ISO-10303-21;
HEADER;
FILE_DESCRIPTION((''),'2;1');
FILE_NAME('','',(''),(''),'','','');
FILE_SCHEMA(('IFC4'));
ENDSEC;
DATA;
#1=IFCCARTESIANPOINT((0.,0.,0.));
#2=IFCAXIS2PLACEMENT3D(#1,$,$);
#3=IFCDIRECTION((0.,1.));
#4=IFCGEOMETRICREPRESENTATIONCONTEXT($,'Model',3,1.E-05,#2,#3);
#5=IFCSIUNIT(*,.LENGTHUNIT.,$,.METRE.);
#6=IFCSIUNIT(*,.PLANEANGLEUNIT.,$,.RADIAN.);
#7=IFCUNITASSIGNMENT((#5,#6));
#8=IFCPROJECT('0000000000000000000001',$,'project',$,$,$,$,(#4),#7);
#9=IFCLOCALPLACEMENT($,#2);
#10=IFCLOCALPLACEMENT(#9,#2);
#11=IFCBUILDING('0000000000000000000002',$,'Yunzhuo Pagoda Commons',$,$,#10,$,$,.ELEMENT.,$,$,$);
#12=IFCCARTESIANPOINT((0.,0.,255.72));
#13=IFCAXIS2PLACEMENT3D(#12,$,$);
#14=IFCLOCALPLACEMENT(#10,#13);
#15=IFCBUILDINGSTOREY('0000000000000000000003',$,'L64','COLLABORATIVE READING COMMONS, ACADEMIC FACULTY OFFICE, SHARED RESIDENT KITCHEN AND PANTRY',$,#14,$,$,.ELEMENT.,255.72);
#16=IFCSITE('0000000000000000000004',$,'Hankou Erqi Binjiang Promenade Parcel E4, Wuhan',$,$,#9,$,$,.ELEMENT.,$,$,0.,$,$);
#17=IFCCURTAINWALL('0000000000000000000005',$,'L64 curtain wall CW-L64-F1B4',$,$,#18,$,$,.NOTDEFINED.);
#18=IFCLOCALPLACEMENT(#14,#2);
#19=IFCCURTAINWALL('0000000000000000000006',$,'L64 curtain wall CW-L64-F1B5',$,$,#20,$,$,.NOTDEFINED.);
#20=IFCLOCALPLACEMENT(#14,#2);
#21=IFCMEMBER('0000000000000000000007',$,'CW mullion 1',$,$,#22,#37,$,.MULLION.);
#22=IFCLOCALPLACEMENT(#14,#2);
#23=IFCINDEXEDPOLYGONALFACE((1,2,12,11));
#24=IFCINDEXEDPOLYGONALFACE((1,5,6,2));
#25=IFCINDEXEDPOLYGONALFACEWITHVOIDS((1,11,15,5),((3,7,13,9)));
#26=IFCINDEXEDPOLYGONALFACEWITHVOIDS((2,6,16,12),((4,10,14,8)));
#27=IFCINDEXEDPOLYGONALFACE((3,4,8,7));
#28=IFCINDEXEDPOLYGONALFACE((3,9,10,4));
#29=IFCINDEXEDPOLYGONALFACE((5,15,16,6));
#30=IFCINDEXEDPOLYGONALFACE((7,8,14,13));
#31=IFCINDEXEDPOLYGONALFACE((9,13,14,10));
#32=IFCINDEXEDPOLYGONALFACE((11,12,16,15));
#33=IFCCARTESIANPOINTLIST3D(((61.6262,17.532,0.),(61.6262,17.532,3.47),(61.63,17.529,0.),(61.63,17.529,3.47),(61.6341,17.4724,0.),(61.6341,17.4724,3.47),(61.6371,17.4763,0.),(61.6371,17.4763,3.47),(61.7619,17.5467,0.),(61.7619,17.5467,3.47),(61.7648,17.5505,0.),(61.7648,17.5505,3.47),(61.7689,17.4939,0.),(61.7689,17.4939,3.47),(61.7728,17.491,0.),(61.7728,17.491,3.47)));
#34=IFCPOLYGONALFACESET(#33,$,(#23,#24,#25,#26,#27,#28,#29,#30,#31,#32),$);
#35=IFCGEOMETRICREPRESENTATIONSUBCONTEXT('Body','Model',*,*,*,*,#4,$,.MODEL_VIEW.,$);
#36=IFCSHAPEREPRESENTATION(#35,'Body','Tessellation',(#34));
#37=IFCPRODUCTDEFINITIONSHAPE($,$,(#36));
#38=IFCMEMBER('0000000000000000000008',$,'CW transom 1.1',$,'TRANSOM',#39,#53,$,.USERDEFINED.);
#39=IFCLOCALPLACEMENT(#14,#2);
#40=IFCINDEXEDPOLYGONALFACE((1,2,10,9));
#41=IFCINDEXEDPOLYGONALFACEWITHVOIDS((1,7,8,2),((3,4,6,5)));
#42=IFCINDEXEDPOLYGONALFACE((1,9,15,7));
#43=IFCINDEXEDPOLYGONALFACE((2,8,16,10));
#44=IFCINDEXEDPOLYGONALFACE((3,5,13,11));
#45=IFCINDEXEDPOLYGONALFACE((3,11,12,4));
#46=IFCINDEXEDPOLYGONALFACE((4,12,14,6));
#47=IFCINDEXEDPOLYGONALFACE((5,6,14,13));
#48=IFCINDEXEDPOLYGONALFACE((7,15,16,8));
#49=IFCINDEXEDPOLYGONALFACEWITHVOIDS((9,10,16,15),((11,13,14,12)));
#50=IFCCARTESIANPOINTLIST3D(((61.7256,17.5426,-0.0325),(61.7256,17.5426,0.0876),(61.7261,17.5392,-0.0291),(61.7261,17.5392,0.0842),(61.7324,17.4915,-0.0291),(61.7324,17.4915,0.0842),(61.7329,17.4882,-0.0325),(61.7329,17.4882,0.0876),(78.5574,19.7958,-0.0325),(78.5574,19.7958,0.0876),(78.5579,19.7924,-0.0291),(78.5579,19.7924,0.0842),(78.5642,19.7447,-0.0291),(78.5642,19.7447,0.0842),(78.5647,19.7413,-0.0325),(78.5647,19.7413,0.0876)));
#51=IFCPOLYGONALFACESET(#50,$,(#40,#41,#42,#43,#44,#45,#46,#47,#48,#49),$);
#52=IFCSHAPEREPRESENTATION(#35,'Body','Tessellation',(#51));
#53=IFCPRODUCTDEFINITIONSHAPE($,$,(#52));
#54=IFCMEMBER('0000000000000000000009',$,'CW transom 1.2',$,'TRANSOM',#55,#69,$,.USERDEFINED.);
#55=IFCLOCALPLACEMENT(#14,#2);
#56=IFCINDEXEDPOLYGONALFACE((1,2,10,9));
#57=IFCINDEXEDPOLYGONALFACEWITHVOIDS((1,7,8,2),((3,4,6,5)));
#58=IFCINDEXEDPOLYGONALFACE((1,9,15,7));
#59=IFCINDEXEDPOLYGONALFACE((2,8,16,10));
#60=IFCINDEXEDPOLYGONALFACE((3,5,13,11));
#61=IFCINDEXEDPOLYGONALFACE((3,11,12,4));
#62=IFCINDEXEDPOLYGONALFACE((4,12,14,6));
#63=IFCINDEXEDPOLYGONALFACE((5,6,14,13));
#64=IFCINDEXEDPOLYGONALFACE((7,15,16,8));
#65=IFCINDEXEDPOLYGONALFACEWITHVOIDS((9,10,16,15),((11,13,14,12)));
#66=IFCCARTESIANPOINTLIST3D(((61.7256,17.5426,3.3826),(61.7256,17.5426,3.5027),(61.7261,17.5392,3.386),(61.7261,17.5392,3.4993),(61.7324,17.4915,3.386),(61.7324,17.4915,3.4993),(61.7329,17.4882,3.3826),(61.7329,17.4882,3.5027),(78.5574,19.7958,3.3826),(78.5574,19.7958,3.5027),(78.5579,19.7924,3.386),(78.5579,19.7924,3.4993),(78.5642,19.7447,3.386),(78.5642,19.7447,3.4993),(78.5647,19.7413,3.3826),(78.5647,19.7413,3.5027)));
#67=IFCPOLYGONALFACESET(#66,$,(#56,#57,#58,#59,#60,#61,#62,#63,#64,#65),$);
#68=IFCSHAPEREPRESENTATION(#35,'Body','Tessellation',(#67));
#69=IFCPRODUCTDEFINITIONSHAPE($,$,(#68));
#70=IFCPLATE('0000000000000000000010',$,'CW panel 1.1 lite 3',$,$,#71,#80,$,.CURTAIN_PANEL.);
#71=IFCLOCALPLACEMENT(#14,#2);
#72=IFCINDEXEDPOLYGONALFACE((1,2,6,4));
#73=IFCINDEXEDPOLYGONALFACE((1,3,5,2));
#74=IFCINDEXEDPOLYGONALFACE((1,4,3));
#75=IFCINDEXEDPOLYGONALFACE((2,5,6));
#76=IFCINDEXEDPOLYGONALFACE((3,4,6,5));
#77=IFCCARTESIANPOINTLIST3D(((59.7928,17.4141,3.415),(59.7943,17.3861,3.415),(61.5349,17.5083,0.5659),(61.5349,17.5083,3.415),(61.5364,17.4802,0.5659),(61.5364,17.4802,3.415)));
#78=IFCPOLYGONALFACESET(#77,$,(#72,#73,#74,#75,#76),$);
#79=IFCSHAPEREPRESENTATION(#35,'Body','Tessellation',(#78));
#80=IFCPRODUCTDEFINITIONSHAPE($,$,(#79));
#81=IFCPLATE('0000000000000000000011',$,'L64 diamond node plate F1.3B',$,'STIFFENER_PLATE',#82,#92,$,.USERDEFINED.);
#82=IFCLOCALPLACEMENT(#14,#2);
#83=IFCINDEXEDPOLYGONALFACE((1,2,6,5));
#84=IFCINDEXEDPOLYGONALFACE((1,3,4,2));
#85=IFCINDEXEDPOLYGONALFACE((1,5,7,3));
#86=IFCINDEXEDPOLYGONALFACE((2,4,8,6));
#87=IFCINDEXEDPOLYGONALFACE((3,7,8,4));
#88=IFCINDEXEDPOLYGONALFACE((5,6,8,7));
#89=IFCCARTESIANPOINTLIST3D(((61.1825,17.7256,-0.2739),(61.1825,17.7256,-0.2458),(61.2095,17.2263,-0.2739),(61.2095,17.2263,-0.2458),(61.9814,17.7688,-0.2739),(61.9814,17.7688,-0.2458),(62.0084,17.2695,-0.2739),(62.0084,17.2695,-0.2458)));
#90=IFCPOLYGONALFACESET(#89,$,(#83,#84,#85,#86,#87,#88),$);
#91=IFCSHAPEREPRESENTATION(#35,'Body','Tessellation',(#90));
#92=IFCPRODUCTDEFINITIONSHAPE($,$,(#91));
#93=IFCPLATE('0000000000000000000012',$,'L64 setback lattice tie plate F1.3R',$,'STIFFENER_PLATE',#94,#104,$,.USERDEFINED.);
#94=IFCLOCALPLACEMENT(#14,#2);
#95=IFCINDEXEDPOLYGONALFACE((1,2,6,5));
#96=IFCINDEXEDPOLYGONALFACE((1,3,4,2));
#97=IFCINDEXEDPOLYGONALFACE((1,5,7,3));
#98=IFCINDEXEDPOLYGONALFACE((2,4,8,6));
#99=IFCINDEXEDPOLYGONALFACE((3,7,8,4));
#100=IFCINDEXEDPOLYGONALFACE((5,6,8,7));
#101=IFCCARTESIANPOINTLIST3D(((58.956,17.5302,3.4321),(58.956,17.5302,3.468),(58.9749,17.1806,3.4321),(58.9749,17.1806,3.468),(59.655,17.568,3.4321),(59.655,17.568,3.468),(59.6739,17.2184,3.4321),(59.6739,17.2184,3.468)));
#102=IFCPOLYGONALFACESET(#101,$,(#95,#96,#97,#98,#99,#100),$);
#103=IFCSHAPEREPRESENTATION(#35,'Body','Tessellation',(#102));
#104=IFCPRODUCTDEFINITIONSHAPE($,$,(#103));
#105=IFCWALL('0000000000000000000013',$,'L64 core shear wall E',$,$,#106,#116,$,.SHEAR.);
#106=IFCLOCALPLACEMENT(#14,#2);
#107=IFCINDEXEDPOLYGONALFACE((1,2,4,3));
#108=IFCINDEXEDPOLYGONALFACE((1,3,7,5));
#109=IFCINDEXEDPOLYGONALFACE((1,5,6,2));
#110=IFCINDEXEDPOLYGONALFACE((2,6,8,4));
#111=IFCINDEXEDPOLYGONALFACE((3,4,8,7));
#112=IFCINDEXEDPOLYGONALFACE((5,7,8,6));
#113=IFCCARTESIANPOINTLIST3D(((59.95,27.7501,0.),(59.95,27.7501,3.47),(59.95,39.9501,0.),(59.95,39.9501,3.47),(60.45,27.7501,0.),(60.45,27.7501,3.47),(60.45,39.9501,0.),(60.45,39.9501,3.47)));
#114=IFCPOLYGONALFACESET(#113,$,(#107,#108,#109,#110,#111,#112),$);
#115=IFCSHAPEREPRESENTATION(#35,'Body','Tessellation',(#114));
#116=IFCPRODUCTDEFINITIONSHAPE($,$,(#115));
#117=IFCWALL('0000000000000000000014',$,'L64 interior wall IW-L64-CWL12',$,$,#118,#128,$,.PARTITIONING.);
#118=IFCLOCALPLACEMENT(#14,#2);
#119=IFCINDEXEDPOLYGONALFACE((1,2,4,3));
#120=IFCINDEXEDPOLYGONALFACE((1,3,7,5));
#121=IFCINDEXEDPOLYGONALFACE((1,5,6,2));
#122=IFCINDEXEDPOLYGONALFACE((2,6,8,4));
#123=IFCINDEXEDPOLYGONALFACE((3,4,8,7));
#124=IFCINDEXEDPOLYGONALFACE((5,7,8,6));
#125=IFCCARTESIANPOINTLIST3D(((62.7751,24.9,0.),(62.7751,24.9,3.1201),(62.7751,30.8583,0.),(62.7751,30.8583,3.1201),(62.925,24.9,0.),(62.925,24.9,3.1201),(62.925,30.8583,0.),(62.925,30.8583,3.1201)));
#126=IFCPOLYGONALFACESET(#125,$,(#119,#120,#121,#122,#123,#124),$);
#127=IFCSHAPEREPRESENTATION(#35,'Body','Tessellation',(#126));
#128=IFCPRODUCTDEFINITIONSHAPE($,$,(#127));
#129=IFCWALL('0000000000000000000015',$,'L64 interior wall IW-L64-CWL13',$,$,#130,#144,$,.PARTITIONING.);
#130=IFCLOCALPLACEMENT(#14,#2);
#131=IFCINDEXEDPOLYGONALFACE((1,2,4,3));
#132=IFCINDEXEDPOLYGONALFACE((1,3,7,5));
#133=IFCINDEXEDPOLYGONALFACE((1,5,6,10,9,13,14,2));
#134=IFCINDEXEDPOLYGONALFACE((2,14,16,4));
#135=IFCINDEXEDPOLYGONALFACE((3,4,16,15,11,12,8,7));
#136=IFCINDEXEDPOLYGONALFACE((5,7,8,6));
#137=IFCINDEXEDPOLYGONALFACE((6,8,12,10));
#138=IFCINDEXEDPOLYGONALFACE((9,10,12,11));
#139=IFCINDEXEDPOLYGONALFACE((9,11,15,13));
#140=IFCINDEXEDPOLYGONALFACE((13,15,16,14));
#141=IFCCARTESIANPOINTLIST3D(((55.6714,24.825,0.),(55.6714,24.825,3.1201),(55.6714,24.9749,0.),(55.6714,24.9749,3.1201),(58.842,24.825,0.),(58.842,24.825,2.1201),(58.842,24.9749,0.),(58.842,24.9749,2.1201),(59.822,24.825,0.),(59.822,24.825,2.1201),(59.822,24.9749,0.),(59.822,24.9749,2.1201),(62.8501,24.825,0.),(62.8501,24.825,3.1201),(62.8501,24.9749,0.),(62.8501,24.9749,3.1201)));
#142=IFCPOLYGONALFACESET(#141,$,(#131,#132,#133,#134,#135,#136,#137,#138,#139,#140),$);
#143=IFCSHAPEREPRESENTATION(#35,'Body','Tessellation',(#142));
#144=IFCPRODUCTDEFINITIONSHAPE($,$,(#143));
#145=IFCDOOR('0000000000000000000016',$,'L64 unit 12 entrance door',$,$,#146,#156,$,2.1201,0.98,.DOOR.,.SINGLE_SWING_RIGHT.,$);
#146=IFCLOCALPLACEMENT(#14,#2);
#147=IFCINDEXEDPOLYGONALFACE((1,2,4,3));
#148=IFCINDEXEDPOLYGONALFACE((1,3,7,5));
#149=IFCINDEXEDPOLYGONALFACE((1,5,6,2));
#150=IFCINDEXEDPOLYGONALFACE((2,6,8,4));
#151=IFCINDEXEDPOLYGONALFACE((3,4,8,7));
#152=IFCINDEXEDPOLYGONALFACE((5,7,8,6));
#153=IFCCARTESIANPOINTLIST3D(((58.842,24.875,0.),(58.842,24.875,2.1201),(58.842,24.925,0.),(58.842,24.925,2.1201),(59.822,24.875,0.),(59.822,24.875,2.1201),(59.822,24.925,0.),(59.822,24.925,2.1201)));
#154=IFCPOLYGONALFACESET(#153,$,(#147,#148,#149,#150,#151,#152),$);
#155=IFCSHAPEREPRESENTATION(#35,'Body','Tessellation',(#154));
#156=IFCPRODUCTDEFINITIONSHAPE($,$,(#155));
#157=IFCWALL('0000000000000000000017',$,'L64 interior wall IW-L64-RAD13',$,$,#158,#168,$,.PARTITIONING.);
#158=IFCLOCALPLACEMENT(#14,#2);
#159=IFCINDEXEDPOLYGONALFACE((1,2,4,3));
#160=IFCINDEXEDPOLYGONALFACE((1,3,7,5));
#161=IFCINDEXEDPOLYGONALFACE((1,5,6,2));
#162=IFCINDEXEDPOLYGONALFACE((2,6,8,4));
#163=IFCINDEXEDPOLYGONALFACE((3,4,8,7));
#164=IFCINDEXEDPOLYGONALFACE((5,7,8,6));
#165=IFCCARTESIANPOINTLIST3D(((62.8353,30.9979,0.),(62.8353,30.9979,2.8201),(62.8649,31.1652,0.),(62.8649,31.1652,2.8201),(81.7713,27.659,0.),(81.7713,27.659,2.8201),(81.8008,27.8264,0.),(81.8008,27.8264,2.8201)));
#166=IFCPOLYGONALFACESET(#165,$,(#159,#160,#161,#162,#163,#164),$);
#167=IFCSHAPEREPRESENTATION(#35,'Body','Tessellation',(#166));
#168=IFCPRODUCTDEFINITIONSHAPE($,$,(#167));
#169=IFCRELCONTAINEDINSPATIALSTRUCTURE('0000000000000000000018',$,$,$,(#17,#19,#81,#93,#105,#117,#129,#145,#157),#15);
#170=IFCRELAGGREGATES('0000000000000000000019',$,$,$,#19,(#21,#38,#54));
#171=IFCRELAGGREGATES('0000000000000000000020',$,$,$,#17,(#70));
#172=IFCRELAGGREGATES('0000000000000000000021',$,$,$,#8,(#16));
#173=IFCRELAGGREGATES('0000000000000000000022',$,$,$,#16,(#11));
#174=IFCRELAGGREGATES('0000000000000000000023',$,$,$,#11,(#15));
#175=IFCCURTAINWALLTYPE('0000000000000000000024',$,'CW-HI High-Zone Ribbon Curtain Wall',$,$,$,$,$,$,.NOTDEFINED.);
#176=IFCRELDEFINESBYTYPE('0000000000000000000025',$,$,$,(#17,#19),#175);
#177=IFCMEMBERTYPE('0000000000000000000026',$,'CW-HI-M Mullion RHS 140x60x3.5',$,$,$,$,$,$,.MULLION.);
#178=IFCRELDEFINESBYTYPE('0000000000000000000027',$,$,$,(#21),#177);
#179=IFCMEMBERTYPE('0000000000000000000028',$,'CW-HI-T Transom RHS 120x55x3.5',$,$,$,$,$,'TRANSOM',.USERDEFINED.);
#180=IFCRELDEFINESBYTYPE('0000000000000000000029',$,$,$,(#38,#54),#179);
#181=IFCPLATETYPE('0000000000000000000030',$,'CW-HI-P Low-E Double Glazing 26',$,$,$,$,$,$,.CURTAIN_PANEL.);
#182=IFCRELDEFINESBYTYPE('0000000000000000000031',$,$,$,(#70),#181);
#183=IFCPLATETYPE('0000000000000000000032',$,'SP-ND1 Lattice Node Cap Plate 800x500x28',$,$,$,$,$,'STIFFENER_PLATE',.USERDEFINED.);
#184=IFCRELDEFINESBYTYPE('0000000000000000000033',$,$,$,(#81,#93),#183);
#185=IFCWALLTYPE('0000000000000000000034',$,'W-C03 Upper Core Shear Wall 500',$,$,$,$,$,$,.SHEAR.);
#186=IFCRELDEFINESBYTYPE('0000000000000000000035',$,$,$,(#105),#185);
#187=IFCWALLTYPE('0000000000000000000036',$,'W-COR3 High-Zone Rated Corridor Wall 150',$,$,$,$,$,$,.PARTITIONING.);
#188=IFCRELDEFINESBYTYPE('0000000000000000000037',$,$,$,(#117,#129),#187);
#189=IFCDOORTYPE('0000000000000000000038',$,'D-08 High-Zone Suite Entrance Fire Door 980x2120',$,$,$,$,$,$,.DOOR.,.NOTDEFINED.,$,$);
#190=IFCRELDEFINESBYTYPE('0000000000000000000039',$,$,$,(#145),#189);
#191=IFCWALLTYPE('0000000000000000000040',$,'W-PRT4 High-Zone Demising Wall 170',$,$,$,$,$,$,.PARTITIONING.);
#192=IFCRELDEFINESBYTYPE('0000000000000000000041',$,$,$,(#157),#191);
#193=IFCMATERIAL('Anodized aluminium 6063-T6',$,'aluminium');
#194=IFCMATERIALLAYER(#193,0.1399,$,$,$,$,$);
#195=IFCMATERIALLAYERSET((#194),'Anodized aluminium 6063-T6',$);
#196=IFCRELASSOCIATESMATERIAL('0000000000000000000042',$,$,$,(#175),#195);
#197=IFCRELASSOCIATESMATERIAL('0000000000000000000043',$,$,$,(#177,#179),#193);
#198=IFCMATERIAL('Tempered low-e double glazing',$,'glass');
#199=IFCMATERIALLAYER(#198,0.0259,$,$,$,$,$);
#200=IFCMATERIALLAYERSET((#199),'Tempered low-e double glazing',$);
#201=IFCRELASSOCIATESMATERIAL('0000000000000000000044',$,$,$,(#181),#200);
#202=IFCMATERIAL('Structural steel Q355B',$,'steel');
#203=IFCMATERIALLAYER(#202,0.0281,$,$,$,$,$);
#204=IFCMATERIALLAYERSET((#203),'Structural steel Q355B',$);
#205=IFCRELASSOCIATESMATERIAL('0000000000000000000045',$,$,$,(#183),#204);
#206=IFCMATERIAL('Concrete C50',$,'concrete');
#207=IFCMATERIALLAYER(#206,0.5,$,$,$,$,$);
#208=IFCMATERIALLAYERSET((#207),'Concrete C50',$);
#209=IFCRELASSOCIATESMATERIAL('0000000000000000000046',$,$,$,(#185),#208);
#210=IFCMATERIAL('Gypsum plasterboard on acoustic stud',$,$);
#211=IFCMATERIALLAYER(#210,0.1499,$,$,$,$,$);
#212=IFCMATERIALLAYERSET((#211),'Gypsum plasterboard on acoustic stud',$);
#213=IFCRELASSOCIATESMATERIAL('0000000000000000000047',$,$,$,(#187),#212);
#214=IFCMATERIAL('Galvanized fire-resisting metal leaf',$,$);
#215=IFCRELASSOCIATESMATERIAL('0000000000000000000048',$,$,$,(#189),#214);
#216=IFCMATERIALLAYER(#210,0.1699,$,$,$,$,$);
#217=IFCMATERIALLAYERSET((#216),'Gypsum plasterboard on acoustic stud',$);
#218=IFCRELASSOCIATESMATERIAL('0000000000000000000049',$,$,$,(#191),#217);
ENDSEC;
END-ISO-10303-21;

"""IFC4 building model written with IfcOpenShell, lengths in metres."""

from ifc_helpers import new_model, si_unit, direction, frame, frame_2d, origin, origin_with_axes, origin_2d, place, context, subcontext, project, spatial, polyline, rectangle, hollow_rectangle, outline, extrude, source, transform, mapped, material, layer, layer_set, material_profile, profile_set, type_object, element, fill, aggregate, save


model = new_model("IFC4")

# Units and contexts
model_context = context("Model", 3, precision=1e-05, world=origin(), true_north=direction((0.0, 1.0)))
body_context = subcontext(model_context, "Body", "Model", "MODEL_VIEW")
ifc_project = project(units=[si_unit("LENGTHUNIT", "METRE"), si_unit("PLANEANGLEUNIT", "RADIAN")], contexts=[model_context])

# Site, building, storey
site_placement = place(None, origin())
site = spatial("IfcSite", under=ifc_project, at=site_placement, Name="Hankou Erqi Binjiang Promenade Parcel E4, Wuhan", CompositionType="ELEMENT", RefElevation=0.0)
building_placement = place(site_placement, origin())
building = spatial("IfcBuilding", under=site, at=building_placement, Name="Yunzhuo Pagoda Commons", CompositionType="ELEMENT")
storey_placement = place(building_placement, frame((0.0, 0.0, 255.72)))
storey = spatial("IfcBuildingStorey", under=building, at=storey_placement, Name="L64", Description="COLLABORATIVE READING COMMONS, ACADEMIC FACULTY OFFICE, SHARED RESIDENT KITCHEN AND PANTRY", CompositionType="ELEMENT", Elevation=255.72)

# Shared definitions
ifc_material_1 = material(Name="Structural steel Q355B", Category="steel")

# Curtain wall
ifc_material_2 = material(Name="Anodized aluminium 6063-T6", Category="aluminium")
ifc_layer_1 = layer(ifc_material_2, 0.1399)
ifc_layer_set_1 = layer_set([ifc_layer_1], Name="Anodized aluminium 6063-T6")
curtain_wall_type = type_object("IfcCurtainWallType", Name="CW-HI High-Zone Ribbon Curtain Wall", PredefinedType="NOTDEFINED", material=ifc_layer_set_1)
curtain_wall_1_placement = place(storey_placement, origin())
curtain_wall_1 = element("IfcCurtainWall", 1, at=curtain_wall_1_placement, inside=storey, type_object=curtain_wall_type, Name="L64 curtain wall CW-L64-F1B4", PredefinedType="NOTDEFINED")
ifc_material_profile_1 = material_profile(ifc_material_2, hollow_rectangle(XDim=0.0601, YDim=0.1399, WallThickness=0.0034, at=origin_2d()), Name="Anodized aluminium 6063-T6")
ifc_profile_set_1 = profile_set([ifc_material_profile_1], Name="Anodized aluminium 6063-T6")
member_type_1 = type_object("IfcMemberType", Name="CW-HI-M Mullion RHS 140x60x3.5", PredefinedType="MULLION", material=ifc_profile_set_1)
shared_shape_1 = source(origin(), body_context, "Body", "SweptSolid", [
    extrude(hollow_rectangle(XDim=0.0601, YDim=0.1399, WallThickness=0.0034, at=origin_2d()), origin(), (0.0, 0.0, 1.0), 3.47),
])

# Curtain wall, members
curtain_wall_2_placement = place(storey_placement, origin())
curtain_wall_2 = element("IfcCurtainWall", 2, at=curtain_wall_2_placement, inside=storey, type_object=curtain_wall_type, Name="L64 curtain wall CW-L64-F1B5", PredefinedType="NOTDEFINED")
member_1_placement = place(storey_placement, frame((61.6995, 17.5115, 0.0), z_axis=(0.0, 0.0, 1.0), x_axis=(-0.132664, 0.991161, 0.0)))
member_1 = element("IfcMember", 3, at=member_1_placement, type_object=member_type_1, Name="CW mullion 1", PredefinedType="MULLION", context=body_context, shape_type="MappedRepresentation", body=[
    mapped(shared_shape_1, transform((0.0, 0.0, 0.0), scale=1.0)),
])
ifc_material_profile_2 = material_profile(ifc_material_2, hollow_rectangle(XDim=0.0549, YDim=0.1201, WallThickness=0.0034, at=origin_2d()), Name="Anodized aluminium 6063-T6")
ifc_profile_set_2 = profile_set([ifc_material_profile_2], Name="Anodized aluminium 6063-T6")
member_type_2 = type_object("IfcMemberType", Name="CW-HI-T Transom RHS 120x55x3.5", ElementType="TRANSOM", PredefinedType="USERDEFINED", material=ifc_profile_set_2)
shared_shape_2 = source(origin(), body_context, "Body", "SweptSolid", [
    extrude(hollow_rectangle(XDim=0.0549, YDim=0.1201, WallThickness=0.0034, at=origin_2d()), origin(), (0.0, 0.0, 1.0), 16.9819),
])
member_2_placement = place(storey_placement, frame((61.7292, 17.5154, 0.0276), z_axis=(0.991159, 0.132681, 0.0), x_axis=(-0.132681, 0.991159, 0.0)))
member_2 = element("IfcMember", 4, at=member_2_placement, type_object=member_type_2, Name="CW transom 1.1", ObjectType="TRANSOM", PredefinedType="USERDEFINED", context=body_context, shape_type="MappedRepresentation", body=[
    mapped(shared_shape_2, transform((0.0, 0.0, 0.0), scale=1.0)),
])
member_3_placement = place(storey_placement, frame((61.7292, 17.5154, 3.4426), z_axis=(0.991159, 0.132681, 0.0), x_axis=(-0.132681, 0.991159, 0.0)))
member_3 = element("IfcMember", 5, at=member_3_placement, type_object=member_type_2, Name="CW transom 1.2", ObjectType="TRANSOM", PredefinedType="USERDEFINED", context=body_context, shape_type="MappedRepresentation", body=[
    mapped(shared_shape_2, transform((0.0, 0.0, 0.0), scale=1.0)),
])
aggregate(curtain_wall_2, [member_1, member_2, member_3])

# Plate
ifc_material_3 = material(Name="Tempered low-e double glazing", Category="glass")
ifc_layer_2 = layer(ifc_material_3, 0.0259)
ifc_layer_set_2 = layer_set([ifc_layer_2], Name="Tempered low-e double glazing")
plate_type_1 = type_object("IfcPlateType", Name="CW-HI-P Low-E Double Glazing 26", PredefinedType="CURTAIN_PANEL", material=ifc_layer_set_2)
plate_1_placement = place(storey_placement, frame((60.6638, 17.4612, 1.9905), z_axis=(0.053989, -0.998542, 0.0), x_axis=(0.998542, 0.053989, 0.0)))
plate_1 = element("IfcPlate", 6, at=plate_1_placement, type_object=plate_type_1, Name="CW panel 1.1 lite 3", PredefinedType="CURTAIN_PANEL", context=body_context, shape_type="SweptSolid", body=[
    extrude(outline(polyline([(-0.8723, 1.4246), (0.8723, -1.4246), (0.8723, 1.4246), (-0.8723, 1.4246)])), origin(), (0.0, 0.0, 1.0), 0.0281),
])
aggregate(curtain_wall_1, [plate_1])

# Plates
ifc_layer_3 = layer(ifc_material_1, 0.0281)
ifc_layer_set_3 = layer_set([ifc_layer_3], Name="Structural steel Q355B")
plate_type_2 = type_object("IfcPlateType", Name="SP-ND1 Lattice Node Cap Plate 800x500x28", ElementType="STIFFENER_PLATE", PredefinedType="USERDEFINED", material=ifc_layer_set_3)
shared_shape_3 = source(origin(), body_context, "Body", "SweptSolid", [
    extrude(rectangle(XDim=0.8, YDim=0.5, at=origin_2d()), origin(), (0.0, 0.0, 1.0), 0.0281),
])
plate_2_placement = place(storey_placement, frame((61.5955, 17.4976, -0.2739), z_axis=(0.0, 0.0, 1.0), x_axis=(0.998541, 0.053992, 0.0)))
element("IfcPlate", 7, at=plate_2_placement, inside=storey, type_object=plate_type_2, Name="L64 diamond node plate F1.3B", ObjectType="STIFFENER_PLATE", PredefinedType="USERDEFINED", context=body_context, shape_type="MappedRepresentation", body=[
    mapped(shared_shape_3, transform((0.0, 0.0, 0.0), scale=1.0)),
])
shared_shape_4 = source(origin(), body_context, "Body", "SweptSolid", [
    extrude(rectangle(XDim=0.7, YDim=0.3501, at=origin_2d()), origin(), (0.0, 0.0, 1.0), 0.0359),
])
plate_3_placement = place(storey_placement, frame((59.3149, 17.3743, 3.4321), z_axis=(0.0, 0.0, 1.0), x_axis=(0.998541, 0.053992, 0.0)))
element("IfcPlate", 8, at=plate_3_placement, inside=storey, type_object=plate_type_2, Name="L64 setback lattice tie plate F1.3R", ObjectType="STIFFENER_PLATE", PredefinedType="USERDEFINED", context=body_context, shape_type="MappedRepresentation", body=[
    mapped(shared_shape_4, transform((0.0, 0.0, 0.0), scale=1.0)),
])

# Wall
ifc_material_4 = material(Name="Concrete C50", Category="concrete")
ifc_layer_4 = layer(ifc_material_4, 0.5)
ifc_layer_set_4 = layer_set([ifc_layer_4], Name="Concrete C50")
wall_type_1 = type_object("IfcWallType", Name="W-C03 Upper Core Shear Wall 500", PredefinedType="SHEAR", material=ifc_layer_set_4)
wall_1_placement = place(storey_placement, frame((60.2, 27.75, 0.0), z_axis=(0.0, 0.0, 1.0), x_axis=(0.0, 1.0, 0.0)))
element("IfcWall", 9, at=wall_1_placement, inside=storey, type_object=wall_type_1, Name="L64 core shear wall E", PredefinedType="SHEAR", context=body_context, shape_type="SweptSolid", body=[
    extrude(rectangle(XDim=12.2, YDim=0.5, at=frame_2d((6.1001, 0.0))), origin(), (0.0, 0.0, 1.0), 3.47),
])

# Shared definitions
ifc_material_5 = material(Name="Gypsum plasterboard on acoustic stud")
ifc_layer_5 = layer(ifc_material_5, 0.1499)
ifc_layer_set_5 = layer_set([ifc_layer_5], Name="Gypsum plasterboard on acoustic stud")
wall_type_2 = type_object("IfcWallType", Name="W-COR3 High-Zone Rated Corridor Wall 150", PredefinedType="PARTITIONING", material=ifc_layer_set_5)
ifc_material_6 = material(Name="Galvanized fire-resisting metal leaf")
door_type = type_object("IfcDoorType", Name="D-08 High-Zone Suite Entrance Fire Door 980x2120", OperationType="NOTDEFINED", PredefinedType="DOOR", material=ifc_material_6)
shared_shape_5 = source(origin(), body_context, "Body", "SweptSolid", [
    extrude(rectangle(XDim=0.98, YDim=2.1201, at=frame_2d((0.49, 1.0601))), frame((0.0, 0.0249, 0.0), z_axis=(0.0, -1.0, 0.0), x_axis=(1.0, 0.0, 0.0)), (0.0, 0.0, 1.0), 0.05),
])

# Wall
wall_2_placement = place(storey_placement, frame((62.8501, 30.8582, 0.0), z_axis=(0.0, 0.0, 1.0), x_axis=(0.0, -1.0, 0.0)))
element("IfcWall", 10, at=wall_2_placement, inside=storey, type_object=wall_type_2, Name="L64 interior wall IW-L64-CWL12", PredefinedType="PARTITIONING", context=body_context, shape_type="SweptSolid", body=[
    extrude(rectangle(XDim=5.9583, YDim=0.1499, at=frame_2d((2.979, 0.0))), origin(), (0.0, 0.0, 1.0), 3.1201),
])

# Wall, opening, door
wall_3_placement = place(storey_placement, frame((62.8501, 24.8999, 0.0), z_axis=(0.0, 0.0, 1.0), x_axis=(-1.0, 0.0, 0.0)))
wall_3 = element("IfcWall", 11, at=wall_3_placement, inside=storey, type_object=wall_type_2, Name="L64 interior wall IW-L64-CWL13", PredefinedType="PARTITIONING", context=body_context, shape_type="SweptSolid", body=[
    extrude(rectangle(XDim=7.1787, YDim=0.1499, at=frame_2d((3.5894, 0.0))), origin(), (0.0, 0.0, 1.0), 3.1201),
])
opening_1_placement = place(wall_3_placement, frame((3.0281, 0.0, 0.0)))
opening_1 = element("IfcOpeningElement", 12, at=opening_1_placement, cuts=wall_3, PredefinedType="OPENING", context=body_context, shape_type="SweptSolid", body=[
    extrude(rectangle(XDim=0.98, YDim=2.1201, at=frame_2d((0.49, 1.0601))), frame((0.0, 0.085, 0.0), z_axis=(0.0, -1.0, 0.0), x_axis=(1.0, 0.0, 0.0)), (0.0, 0.0, 1.0), 0.1699),
])
door_1_placement = place(opening_1_placement, origin_with_axes())
door_1 = element("IfcDoor", 13, at=door_1_placement, inside=storey, type_object=door_type, Name="L64 unit 12 entrance door", OperationType="SINGLE_SWING_RIGHT", OverallHeight=2.1201, OverallWidth=0.98, PredefinedType="DOOR", context=body_context, shape_type="MappedRepresentation", body=[
    mapped(shared_shape_5, transform((0.0, 0.0, 0.0), scale=1.0)),
])
fill(opening_1, door_1)

# Wall
ifc_layer_6 = layer(ifc_material_5, 0.1699)
ifc_layer_set_6 = layer_set([ifc_layer_6], Name="Gypsum plasterboard on acoustic stud")
wall_type_3 = type_object("IfcWallType", Name="W-PRT4 High-Zone Demising Wall 170", PredefinedType="PARTITIONING", material=ifc_layer_set_6)
wall_4_placement = place(storey_placement, frame((62.8501, 31.0815, 0.0), z_axis=(0.0, 0.0, 1.0), x_axis=(0.984808, -0.173645, 0.0)))
element("IfcWall", 14, at=wall_4_placement, inside=storey, type_object=wall_type_3, Name="L64 interior wall IW-L64-RAD13", PredefinedType="PARTITIONING", context=body_context, shape_type="SweptSolid", body=[
    extrude(rectangle(XDim=19.228, YDim=0.1699, at=frame_2d((9.614, 0.0))), origin(), (0.0, 0.0, 1.0), 2.8201),
])

save(model, "model.ifc")
